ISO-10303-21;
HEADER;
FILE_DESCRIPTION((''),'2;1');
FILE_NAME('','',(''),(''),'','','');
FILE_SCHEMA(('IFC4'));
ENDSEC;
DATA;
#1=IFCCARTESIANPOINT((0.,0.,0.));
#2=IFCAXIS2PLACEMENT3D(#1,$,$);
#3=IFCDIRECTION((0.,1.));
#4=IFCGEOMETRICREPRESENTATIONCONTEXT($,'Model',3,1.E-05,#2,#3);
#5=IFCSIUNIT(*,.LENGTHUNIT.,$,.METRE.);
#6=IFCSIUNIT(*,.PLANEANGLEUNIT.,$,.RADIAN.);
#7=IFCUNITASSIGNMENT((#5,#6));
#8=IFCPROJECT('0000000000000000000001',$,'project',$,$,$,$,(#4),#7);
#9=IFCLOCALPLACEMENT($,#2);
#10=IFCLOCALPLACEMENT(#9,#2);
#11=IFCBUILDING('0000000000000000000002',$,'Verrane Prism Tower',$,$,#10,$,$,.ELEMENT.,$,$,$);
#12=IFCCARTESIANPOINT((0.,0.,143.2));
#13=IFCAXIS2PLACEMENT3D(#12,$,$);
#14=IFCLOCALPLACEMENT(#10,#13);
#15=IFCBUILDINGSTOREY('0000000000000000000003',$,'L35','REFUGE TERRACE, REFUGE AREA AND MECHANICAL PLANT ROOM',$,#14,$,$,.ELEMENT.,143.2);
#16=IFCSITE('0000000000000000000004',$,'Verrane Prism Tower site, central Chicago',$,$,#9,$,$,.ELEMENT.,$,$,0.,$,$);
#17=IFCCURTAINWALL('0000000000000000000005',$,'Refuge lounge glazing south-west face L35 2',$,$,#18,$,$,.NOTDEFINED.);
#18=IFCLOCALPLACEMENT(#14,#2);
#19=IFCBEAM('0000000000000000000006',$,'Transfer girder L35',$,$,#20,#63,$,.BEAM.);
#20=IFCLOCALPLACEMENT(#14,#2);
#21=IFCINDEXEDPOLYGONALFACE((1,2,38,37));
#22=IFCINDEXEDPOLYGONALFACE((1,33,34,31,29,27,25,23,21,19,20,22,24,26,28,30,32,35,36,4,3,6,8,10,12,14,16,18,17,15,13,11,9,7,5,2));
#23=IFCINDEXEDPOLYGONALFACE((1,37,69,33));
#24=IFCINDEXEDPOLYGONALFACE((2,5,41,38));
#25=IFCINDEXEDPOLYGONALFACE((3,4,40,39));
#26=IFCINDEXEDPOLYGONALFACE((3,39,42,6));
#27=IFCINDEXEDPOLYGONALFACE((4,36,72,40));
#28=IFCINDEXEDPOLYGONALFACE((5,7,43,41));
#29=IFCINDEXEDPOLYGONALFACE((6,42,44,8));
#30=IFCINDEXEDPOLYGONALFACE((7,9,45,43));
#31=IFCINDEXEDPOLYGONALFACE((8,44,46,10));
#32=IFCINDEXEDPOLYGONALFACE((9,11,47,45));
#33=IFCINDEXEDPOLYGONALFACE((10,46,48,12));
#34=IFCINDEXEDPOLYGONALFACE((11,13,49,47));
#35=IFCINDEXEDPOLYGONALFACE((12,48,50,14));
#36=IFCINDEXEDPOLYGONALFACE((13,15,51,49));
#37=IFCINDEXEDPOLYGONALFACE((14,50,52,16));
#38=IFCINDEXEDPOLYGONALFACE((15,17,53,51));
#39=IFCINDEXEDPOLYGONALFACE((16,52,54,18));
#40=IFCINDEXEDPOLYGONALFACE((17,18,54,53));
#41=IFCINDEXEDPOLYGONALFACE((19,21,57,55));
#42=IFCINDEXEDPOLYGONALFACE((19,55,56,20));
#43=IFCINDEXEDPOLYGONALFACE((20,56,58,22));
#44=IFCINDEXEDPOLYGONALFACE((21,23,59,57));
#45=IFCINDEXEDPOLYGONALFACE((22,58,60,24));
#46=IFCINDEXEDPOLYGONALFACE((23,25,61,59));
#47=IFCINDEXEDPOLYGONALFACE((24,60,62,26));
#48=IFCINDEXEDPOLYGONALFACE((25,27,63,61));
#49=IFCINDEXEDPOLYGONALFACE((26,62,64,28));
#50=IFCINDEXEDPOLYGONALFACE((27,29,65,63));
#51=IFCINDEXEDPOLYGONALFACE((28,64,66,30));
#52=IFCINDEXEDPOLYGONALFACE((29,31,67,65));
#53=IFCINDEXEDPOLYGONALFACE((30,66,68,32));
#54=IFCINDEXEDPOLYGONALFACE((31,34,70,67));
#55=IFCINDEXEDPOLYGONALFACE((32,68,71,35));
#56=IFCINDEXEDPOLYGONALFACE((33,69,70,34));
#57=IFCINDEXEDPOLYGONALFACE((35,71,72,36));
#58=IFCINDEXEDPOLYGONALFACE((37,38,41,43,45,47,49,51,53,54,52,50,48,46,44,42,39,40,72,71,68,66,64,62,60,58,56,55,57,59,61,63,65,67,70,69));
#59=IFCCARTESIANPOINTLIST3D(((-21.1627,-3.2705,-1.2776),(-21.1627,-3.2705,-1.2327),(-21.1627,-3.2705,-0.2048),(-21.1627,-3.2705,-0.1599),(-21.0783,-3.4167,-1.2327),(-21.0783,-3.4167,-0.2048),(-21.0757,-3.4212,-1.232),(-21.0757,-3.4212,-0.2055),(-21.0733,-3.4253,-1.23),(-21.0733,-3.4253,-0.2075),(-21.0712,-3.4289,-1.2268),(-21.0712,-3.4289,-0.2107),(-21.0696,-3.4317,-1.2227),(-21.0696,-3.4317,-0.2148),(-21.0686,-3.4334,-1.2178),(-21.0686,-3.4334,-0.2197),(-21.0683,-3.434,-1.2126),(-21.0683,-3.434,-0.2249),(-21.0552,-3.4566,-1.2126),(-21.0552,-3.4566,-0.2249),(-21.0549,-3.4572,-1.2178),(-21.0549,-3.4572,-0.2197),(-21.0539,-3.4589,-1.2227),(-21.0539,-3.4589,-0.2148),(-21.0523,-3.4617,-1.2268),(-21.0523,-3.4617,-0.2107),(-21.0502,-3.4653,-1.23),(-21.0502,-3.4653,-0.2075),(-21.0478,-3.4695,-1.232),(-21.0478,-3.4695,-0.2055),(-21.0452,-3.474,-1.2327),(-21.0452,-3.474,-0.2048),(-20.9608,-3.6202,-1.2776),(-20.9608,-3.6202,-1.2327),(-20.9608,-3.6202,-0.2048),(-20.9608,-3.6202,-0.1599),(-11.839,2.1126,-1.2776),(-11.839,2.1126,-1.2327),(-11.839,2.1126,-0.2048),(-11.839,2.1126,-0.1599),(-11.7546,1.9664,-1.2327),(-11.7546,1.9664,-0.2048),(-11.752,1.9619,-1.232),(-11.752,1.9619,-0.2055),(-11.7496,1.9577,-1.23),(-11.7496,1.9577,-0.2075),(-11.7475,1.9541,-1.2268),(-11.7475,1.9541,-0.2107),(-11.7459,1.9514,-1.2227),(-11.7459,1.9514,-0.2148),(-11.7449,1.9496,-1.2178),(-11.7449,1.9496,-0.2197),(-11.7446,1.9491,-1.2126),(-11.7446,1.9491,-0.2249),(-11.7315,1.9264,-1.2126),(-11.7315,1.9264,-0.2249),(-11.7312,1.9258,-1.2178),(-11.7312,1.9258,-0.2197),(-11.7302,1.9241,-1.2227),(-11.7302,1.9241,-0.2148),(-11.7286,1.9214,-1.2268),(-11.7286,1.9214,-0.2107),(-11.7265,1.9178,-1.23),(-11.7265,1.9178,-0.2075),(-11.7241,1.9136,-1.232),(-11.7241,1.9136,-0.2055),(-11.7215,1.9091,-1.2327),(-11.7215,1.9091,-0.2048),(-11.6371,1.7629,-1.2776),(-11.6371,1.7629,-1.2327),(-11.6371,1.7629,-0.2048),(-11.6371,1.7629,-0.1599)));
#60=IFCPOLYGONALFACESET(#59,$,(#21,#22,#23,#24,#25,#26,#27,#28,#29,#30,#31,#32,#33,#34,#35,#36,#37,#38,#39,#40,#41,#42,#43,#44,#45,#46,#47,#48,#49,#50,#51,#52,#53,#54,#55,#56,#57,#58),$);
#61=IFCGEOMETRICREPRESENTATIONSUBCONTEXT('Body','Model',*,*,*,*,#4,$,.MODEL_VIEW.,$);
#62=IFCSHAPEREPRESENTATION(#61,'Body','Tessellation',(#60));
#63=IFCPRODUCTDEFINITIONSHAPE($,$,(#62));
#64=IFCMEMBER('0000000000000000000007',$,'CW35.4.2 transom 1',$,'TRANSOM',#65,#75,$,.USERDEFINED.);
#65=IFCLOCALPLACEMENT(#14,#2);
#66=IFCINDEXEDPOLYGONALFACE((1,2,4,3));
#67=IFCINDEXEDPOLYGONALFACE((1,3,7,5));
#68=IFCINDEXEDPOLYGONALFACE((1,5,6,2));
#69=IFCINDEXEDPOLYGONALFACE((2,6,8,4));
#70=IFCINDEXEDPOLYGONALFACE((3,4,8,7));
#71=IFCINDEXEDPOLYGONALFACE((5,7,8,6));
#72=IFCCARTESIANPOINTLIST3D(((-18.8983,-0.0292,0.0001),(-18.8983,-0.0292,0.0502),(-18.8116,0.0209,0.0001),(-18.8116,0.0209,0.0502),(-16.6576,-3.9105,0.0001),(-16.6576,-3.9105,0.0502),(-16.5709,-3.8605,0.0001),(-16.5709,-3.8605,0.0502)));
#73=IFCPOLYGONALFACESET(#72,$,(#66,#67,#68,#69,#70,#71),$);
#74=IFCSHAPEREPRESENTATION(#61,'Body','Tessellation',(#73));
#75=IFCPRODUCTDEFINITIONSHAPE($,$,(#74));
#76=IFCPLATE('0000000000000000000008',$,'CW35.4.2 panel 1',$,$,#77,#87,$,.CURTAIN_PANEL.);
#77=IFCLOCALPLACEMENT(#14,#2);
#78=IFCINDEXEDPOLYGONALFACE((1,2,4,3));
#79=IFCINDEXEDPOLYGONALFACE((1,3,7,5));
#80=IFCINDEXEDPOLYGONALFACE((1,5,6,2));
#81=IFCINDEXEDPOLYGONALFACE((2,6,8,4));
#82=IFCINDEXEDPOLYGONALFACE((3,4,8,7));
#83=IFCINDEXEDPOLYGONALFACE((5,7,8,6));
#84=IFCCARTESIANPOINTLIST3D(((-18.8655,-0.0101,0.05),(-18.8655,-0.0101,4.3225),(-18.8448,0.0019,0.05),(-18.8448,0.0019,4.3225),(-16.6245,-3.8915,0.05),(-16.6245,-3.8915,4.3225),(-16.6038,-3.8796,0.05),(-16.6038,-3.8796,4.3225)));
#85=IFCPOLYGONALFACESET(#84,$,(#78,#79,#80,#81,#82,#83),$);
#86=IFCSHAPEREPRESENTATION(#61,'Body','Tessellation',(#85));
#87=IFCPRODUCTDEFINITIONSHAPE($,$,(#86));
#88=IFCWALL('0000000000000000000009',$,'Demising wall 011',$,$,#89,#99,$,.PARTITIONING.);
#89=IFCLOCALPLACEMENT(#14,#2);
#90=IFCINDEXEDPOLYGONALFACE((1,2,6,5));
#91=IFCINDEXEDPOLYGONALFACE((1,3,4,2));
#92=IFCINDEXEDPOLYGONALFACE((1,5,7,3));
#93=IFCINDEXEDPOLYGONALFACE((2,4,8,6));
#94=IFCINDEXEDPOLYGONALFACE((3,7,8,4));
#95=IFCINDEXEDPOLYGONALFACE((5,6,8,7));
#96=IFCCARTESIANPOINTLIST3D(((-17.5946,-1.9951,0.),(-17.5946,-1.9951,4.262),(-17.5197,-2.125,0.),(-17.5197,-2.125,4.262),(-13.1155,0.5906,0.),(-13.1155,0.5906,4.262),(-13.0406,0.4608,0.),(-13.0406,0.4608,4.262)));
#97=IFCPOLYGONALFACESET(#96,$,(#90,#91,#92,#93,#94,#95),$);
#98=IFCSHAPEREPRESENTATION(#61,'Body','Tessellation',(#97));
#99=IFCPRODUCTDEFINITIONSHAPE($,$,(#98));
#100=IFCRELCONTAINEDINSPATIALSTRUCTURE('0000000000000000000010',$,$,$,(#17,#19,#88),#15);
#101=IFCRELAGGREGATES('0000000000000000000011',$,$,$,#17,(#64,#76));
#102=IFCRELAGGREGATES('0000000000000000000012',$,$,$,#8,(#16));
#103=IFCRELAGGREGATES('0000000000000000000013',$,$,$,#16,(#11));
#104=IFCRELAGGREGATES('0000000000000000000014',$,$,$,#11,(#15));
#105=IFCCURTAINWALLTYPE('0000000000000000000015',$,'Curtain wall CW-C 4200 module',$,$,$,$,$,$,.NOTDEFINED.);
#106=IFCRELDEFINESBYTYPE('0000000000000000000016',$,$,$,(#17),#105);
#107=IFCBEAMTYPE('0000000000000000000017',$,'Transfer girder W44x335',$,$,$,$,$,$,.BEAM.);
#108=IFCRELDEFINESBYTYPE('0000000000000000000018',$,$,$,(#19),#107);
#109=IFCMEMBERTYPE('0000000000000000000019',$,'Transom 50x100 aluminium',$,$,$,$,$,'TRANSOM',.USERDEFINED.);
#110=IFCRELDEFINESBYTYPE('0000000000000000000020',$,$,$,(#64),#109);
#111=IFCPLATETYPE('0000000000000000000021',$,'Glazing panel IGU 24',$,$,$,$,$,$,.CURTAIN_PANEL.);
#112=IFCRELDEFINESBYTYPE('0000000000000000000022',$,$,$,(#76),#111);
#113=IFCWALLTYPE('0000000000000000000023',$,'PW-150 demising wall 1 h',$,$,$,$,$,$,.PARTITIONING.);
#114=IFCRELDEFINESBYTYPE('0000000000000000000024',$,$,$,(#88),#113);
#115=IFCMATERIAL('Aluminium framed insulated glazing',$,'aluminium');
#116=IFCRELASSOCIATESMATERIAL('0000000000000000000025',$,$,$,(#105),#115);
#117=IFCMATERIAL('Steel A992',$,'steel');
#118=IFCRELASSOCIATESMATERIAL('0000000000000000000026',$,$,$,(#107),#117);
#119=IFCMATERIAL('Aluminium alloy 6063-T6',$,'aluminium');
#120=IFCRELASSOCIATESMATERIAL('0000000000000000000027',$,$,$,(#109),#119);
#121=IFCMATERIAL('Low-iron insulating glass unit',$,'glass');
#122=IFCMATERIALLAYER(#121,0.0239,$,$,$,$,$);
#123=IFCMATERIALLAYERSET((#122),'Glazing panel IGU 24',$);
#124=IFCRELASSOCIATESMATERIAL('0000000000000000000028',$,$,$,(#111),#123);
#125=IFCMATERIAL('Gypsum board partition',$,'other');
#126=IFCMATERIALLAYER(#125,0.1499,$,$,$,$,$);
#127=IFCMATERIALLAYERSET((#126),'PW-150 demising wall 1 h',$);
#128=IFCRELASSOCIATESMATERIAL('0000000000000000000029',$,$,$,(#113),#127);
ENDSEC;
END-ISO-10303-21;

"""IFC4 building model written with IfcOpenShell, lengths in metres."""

from ifc_helpers import new_model, si_unit, direction, frame, frame_2d, origin, origin_2d, place, context, subcontext, project, spatial, rectangle, i_section, extrude, material, layer, layer_set, material_profile, profile_set, type_object, element, aggregate, save


model = new_model("IFC4")

# Units and contexts
model_context = context("Model", 3, precision=1e-05, world=origin(), true_north=direction((0.0, 1.0)))
body_context = subcontext(model_context, "Body", "Model", "MODEL_VIEW")
ifc_project = project(units=[si_unit("LENGTHUNIT", "METRE"), si_unit("PLANEANGLEUNIT", "RADIAN")], contexts=[model_context])

# Site, building, storey
site_placement = place(None, origin())
site = spatial("IfcSite", under=ifc_project, at=site_placement, Name="Verrane Prism Tower site, central Chicago", CompositionType="ELEMENT", RefElevation=0.0)
building_placement = place(site_placement, origin())
building = spatial("IfcBuilding", under=site, at=building_placement, Name="Verrane Prism Tower", CompositionType="ELEMENT")
storey_placement = place(building_placement, frame((0.0, 0.0, 143.2)))
storey = spatial("IfcBuildingStorey", under=building, at=storey_placement, Name="L35", Description="REFUGE TERRACE, REFUGE AREA AND MECHANICAL PLANT ROOM", CompositionType="ELEMENT", Elevation=143.2)

# Curtain wall
ifc_material_1 = material(Name="Aluminium framed insulated glazing", Category="aluminium")
curtain_wall_type = type_object("IfcCurtainWallType", Name="Curtain wall CW-C 4200 module", PredefinedType="NOTDEFINED", material=ifc_material_1)
curtain_wall_placement = place(storey_placement, origin())
curtain_wall = element("IfcCurtainWall", 1, at=curtain_wall_placement, inside=storey, type_object=curtain_wall_type, Name="Refuge lounge glazing south-west face L35 2", PredefinedType="NOTDEFINED")

# Beam
ifc_material_2 = material(Name="Steel A992", Category="steel")
ifc_material_profile_1 = material_profile(ifc_material_2, i_section(OverallWidth=0.4038, OverallDepth=1.1177, WebThickness=0.0261, FlangeThickness=0.0449, FilletRadius=0.02, at=origin_2d()), Name="W44x335")
ifc_profile_set_1 = profile_set([ifc_material_profile_1], Name="Steel A992")
beam_type_1 = type_object("IfcBeamType", Name="Transfer girder W44x335", PredefinedType="BEAM", material=ifc_profile_set_1)
beam_1_placement = place(storey_placement, frame((-21.0618, -3.4453, -0.7188), z_axis=(0.866025, 0.5, 0.0), x_axis=(-0.5, 0.866025, 0.0)))
element("IfcBeam", 2, at=beam_1_placement, inside=storey, type_object=beam_type_1, Name="Transfer girder L35", PredefinedType="BEAM", context=body_context, shape_type="SweptSolid", body=[
    extrude(i_section(OverallWidth=0.4038, OverallDepth=1.1177, WebThickness=0.0261, FlangeThickness=0.0449, FilletRadius=0.02, at=origin_2d()), origin(), (0.0, 0.0, 1.0), 10.7661),
])

# Member
ifc_material_3 = material(Name="Aluminium alloy 6063-T6", Category="aluminium")
ifc_material_profile_2 = material_profile(ifc_material_3, rectangle(XDim=0.1001, YDim=0.05, at=origin_2d()), Name="Transom 50x100 aluminium")
ifc_profile_set_2 = profile_set([ifc_material_profile_2], Name="Aluminium alloy 6063-T6")
member_type_1 = type_object("IfcMemberType", Name="Transom 50x100 aluminium", ElementType="TRANSOM", PredefinedType="USERDEFINED", material=ifc_profile_set_2)
member_1_placement = place(storey_placement, frame((-18.855, -0.0042, 0.0251), z_axis=(0.499971, -0.866042, 0.0), x_axis=(0.866042, 0.499971, 0.0)))
member_1 = element("IfcMember", 3, at=member_1_placement, type_object=member_type_1, Name="CW35.4.2 transom 1", ObjectType="TRANSOM", PredefinedType="USERDEFINED", context=body_context, shape_type="SweptSolid", body=[
    extrude(rectangle(XDim=0.1001, YDim=0.05, at=origin_2d()), origin(), (0.0, 0.0, 1.0), 4.4817),
])

# Plate
ifc_material_4 = material(Name="Low-iron insulating glass unit", Category="glass")
ifc_layer_1 = layer(ifc_material_4, 0.0239)
ifc_layer_set_1 = layer_set([ifc_layer_1], Name="Glazing panel IGU 24")
plate_type = type_object("IfcPlateType", Name="Glazing panel IGU 24", PredefinedType="CURTAIN_PANEL", material=ifc_layer_set_1)
plate_placement = place(storey_placement, frame((-17.7346, -1.9448, 0.05), z_axis=(0.0, 0.0, 1.0), x_axis=(0.500004, -0.866023, 0.0)))
plate = element("IfcPlate", 4, at=plate_placement, type_object=plate_type, Name="CW35.4.2 panel 1", PredefinedType="CURTAIN_PANEL", context=body_context, shape_type="SweptSolid", body=[
    extrude(rectangle(XDim=4.4819, YDim=0.0239, at=origin_2d()), origin(), (0.0, 0.0, 1.0), 4.2725),
])
aggregate(curtain_wall, [member_1, plate])

# Wall
ifc_material_5 = material(Name="Gypsum board partition", Category="other")
ifc_layer_2 = layer(ifc_material_5, 0.1499)
ifc_layer_set_2 = layer_set([ifc_layer_2], Name="PW-150 demising wall 1 h")
wall_type = type_object("IfcWallType", Name="PW-150 demising wall 1 h", PredefinedType="PARTITIONING", material=ifc_layer_set_2)
wall_placement = place(storey_placement, frame((-17.5571, -2.0601, 0.0), z_axis=(0.0, 0.0, 1.0), x_axis=(0.866047, 0.499962, 0.0)))
element("IfcWall", 5, at=wall_placement, inside=storey, type_object=wall_type, Name="Demising wall 011", PredefinedType="PARTITIONING", context=body_context, shape_type="SweptSolid", body=[
    extrude(rectangle(XDim=5.1719, YDim=0.1499, at=frame_2d((2.5859, 0.0))), origin(), (0.0, 0.0, 1.0), 4.262),
])

save(model, "model.ifc")
